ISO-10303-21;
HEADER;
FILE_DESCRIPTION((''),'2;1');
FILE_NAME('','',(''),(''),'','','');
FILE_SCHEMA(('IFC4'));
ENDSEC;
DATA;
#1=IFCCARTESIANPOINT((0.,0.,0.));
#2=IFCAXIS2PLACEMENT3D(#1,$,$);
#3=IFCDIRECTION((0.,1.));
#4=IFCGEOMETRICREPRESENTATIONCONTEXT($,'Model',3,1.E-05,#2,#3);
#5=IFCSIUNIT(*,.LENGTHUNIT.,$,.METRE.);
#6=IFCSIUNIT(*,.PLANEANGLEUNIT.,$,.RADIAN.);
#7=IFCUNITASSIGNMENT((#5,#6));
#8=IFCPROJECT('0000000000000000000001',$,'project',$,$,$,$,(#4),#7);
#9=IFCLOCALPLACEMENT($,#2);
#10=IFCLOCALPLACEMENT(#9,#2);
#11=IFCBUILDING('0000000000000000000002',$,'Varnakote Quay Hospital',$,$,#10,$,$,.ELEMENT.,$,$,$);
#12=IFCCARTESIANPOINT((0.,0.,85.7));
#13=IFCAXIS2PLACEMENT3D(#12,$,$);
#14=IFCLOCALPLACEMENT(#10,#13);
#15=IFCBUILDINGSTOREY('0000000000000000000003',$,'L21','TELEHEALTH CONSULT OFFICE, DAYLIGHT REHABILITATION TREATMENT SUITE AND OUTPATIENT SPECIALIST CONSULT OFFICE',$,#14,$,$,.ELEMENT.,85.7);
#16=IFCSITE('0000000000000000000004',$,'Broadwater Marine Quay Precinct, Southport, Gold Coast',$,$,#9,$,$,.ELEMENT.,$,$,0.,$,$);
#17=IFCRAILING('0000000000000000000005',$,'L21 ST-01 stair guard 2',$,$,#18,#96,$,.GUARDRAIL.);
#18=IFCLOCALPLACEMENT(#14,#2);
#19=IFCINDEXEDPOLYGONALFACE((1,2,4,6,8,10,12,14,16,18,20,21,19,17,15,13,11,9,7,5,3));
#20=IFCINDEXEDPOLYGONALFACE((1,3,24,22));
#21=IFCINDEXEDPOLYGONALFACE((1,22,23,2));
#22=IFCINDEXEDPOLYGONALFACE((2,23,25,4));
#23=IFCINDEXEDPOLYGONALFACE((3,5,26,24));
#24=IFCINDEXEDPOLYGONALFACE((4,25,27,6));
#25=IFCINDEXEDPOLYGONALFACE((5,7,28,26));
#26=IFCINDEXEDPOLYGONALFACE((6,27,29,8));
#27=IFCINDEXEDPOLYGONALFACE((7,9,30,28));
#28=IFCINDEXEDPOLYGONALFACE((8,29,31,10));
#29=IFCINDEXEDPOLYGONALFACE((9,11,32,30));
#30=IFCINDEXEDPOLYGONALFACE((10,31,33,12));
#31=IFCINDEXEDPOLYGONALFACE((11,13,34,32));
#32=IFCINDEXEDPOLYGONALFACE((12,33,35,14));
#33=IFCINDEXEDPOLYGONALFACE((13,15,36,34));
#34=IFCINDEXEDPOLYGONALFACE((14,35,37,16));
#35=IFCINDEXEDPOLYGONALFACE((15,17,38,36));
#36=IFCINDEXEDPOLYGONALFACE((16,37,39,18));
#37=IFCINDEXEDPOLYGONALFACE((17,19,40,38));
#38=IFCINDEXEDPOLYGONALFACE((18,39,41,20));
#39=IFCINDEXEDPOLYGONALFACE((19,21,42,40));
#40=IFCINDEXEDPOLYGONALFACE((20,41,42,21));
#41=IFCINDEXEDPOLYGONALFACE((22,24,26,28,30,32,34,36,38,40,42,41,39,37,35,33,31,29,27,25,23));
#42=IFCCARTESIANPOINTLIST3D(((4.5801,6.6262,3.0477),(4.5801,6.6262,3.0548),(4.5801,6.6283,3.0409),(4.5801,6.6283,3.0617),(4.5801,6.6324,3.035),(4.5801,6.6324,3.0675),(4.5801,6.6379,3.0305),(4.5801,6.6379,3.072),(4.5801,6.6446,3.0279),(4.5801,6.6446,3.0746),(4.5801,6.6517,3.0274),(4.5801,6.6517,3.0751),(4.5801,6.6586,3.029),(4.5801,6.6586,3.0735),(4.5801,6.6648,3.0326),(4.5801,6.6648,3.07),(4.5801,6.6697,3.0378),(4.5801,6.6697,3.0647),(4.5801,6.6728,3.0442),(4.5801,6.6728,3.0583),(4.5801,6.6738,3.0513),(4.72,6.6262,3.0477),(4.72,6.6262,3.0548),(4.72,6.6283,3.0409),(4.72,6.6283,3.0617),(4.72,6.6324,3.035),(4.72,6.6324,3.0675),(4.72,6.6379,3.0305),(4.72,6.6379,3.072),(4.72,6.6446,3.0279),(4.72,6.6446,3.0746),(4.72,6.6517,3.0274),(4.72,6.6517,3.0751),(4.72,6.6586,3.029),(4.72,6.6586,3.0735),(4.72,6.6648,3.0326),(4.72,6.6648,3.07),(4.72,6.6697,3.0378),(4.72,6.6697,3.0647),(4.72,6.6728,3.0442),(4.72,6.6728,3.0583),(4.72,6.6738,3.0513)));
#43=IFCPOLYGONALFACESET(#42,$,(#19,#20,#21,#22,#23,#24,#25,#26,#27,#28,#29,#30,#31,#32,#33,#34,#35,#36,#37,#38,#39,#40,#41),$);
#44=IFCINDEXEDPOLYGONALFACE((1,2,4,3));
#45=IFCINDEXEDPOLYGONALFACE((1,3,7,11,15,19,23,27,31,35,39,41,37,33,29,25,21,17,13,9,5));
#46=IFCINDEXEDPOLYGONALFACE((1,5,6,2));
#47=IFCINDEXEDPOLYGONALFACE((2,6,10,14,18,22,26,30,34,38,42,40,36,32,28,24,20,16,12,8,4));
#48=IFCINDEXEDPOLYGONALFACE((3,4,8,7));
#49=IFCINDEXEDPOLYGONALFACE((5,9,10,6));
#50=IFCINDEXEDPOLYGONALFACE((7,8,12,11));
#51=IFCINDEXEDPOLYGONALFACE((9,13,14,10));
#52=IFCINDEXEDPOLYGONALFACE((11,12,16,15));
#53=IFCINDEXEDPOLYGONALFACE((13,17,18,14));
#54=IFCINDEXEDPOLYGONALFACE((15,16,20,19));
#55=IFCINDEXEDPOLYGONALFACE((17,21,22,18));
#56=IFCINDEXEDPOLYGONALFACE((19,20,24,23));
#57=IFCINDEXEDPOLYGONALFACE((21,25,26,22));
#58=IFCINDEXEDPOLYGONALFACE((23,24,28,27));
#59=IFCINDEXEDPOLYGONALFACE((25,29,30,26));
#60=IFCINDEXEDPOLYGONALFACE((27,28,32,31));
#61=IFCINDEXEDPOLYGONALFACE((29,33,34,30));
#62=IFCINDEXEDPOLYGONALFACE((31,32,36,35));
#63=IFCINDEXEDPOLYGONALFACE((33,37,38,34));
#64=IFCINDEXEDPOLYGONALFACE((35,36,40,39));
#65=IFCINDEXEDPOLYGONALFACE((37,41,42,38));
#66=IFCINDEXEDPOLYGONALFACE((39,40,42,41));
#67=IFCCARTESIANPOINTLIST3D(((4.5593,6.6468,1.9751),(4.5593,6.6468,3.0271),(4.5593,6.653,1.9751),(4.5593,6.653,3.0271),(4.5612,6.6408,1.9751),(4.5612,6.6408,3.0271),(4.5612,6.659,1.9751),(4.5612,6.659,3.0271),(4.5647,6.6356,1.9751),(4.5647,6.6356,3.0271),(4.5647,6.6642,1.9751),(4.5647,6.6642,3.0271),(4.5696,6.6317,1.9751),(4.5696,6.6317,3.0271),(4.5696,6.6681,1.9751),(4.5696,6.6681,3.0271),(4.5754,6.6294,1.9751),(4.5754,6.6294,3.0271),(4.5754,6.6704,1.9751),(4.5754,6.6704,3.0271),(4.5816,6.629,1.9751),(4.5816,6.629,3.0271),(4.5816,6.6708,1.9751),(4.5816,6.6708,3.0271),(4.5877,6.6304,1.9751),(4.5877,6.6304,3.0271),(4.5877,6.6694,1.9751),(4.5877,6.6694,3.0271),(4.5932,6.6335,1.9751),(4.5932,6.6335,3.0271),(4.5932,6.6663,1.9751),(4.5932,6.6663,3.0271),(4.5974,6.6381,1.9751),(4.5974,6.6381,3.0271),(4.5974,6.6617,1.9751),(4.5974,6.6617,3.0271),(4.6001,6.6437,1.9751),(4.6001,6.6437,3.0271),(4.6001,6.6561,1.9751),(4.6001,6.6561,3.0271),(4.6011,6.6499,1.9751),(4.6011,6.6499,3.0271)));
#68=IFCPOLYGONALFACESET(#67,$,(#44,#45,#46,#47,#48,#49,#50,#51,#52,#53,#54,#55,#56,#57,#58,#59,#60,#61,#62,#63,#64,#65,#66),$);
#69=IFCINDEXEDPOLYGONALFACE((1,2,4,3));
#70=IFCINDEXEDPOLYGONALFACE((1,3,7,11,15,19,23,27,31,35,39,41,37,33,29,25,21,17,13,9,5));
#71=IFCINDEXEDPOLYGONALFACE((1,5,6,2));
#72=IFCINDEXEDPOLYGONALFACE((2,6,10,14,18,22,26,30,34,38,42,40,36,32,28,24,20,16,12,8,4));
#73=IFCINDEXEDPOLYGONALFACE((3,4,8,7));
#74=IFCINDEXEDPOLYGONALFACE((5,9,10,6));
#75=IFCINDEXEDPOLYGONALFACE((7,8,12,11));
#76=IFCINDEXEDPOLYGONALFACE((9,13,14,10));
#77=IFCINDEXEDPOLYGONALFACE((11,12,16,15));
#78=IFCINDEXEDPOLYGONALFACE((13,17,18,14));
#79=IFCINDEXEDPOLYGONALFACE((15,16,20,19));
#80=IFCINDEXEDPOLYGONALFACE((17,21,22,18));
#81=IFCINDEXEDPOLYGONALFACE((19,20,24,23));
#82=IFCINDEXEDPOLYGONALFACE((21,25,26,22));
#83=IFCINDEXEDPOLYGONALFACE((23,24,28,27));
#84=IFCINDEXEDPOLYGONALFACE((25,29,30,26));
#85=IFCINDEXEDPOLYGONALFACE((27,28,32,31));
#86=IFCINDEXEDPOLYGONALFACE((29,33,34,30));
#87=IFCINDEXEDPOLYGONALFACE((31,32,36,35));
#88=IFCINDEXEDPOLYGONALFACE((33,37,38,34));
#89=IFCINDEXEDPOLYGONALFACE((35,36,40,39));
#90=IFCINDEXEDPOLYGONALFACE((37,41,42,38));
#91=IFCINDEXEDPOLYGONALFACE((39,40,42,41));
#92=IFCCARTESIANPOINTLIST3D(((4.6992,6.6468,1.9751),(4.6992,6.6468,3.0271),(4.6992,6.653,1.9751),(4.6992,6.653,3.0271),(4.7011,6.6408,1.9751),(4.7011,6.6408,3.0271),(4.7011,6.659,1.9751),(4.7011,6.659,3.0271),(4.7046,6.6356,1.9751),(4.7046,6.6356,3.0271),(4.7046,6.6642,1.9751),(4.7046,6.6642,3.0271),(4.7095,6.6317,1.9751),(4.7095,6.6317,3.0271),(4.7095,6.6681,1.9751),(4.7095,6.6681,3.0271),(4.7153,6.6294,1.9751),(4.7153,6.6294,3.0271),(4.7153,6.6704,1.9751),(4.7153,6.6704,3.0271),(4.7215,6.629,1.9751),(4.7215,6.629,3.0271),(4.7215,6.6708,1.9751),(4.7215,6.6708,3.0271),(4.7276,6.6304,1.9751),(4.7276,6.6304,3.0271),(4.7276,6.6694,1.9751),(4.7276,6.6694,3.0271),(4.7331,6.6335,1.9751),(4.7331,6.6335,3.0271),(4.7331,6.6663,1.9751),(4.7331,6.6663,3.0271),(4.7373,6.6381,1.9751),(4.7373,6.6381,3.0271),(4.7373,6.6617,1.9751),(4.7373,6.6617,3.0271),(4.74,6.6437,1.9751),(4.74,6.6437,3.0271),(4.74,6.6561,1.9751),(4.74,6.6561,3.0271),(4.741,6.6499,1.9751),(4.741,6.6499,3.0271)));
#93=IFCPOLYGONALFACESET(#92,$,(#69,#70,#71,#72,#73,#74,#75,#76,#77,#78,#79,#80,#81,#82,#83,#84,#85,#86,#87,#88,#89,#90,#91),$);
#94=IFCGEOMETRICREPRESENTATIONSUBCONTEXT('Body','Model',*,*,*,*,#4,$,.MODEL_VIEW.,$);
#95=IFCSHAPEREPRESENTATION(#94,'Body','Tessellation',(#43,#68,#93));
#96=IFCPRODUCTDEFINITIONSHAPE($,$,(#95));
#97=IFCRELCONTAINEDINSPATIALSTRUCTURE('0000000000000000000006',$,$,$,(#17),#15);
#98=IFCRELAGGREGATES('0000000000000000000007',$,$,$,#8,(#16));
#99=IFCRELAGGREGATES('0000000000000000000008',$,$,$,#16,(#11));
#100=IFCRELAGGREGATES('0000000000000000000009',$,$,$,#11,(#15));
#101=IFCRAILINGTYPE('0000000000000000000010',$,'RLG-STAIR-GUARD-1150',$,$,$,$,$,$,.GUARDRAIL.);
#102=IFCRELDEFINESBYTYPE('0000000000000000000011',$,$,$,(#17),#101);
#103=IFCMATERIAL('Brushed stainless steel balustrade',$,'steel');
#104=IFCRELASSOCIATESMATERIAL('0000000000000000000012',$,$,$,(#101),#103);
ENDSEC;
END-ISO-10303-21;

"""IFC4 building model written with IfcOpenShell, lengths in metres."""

from ifc_helpers import new_model, si_unit, direction, frame, origin, origin_2d, place, context, subcontext, project, spatial, circle, extrude, material, type_object, element, save


model = new_model("IFC4")

# Units and contexts
model_context = context("Model", 3, precision=1e-05, world=origin(), true_north=direction((0.0, 1.0)))
body_context = subcontext(model_context, "Body", "Model", "MODEL_VIEW")
ifc_project = project(units=[si_unit("LENGTHUNIT", "METRE"), si_unit("PLANEANGLEUNIT", "RADIAN")], contexts=[model_context])

# Site, building, storey
site_placement = place(None, origin())
site = spatial("IfcSite", under=ifc_project, at=site_placement, Name="Broadwater Marine Quay Precinct, Southport, Gold Coast", CompositionType="ELEMENT", RefElevation=0.0)
building_placement = place(site_placement, origin())
building = spatial("IfcBuilding", under=site, at=building_placement, Name="Varnakote Quay Hospital", CompositionType="ELEMENT")
storey_placement = place(building_placement, frame((0.0, 0.0, 85.7)))
storey = spatial("IfcBuildingStorey", under=building, at=storey_placement, Name="L21", Description="TELEHEALTH CONSULT OFFICE, DAYLIGHT REHABILITATION TREATMENT SUITE AND OUTPATIENT SPECIALIST CONSULT OFFICE", CompositionType="ELEMENT", Elevation=85.7)

# Railing
ifc_material_1 = material(Name="Brushed stainless steel balustrade", Category="steel")
railing_type_1 = type_object("IfcRailingType", Name="RLG-STAIR-GUARD-1150", PredefinedType="GUARDRAIL", material=ifc_material_1)
railing_1_placement = place(storey_placement, frame((4.5801, 6.6499, 1.9751)))
element("IfcRailing", 1, at=railing_1_placement, inside=storey, type_object=railing_type_1, Name="L21 ST-01 stair guard 2", PredefinedType="GUARDRAIL", context=body_context, shape_type="SweptSolid", body=[
    extrude(circle(Radius=0.0239, at=origin_2d()), frame((0.0, 0.0, 1.0762), z_axis=(1.0, 0.0, 0.0), x_axis=(0.0, 1.0, 0.0)), (0.0, 0.0, 1.0), 0.1399),
    extrude(circle(Radius=0.021, at=origin_2d()), origin(), (0.0, 0.0, 1.0), 1.052),
    extrude(circle(Radius=0.021, at=origin_2d()), frame((0.1399, 0.0, 0.0)), (0.0, 0.0, 1.0), 1.052),
])

save(model, "model.ifc")
